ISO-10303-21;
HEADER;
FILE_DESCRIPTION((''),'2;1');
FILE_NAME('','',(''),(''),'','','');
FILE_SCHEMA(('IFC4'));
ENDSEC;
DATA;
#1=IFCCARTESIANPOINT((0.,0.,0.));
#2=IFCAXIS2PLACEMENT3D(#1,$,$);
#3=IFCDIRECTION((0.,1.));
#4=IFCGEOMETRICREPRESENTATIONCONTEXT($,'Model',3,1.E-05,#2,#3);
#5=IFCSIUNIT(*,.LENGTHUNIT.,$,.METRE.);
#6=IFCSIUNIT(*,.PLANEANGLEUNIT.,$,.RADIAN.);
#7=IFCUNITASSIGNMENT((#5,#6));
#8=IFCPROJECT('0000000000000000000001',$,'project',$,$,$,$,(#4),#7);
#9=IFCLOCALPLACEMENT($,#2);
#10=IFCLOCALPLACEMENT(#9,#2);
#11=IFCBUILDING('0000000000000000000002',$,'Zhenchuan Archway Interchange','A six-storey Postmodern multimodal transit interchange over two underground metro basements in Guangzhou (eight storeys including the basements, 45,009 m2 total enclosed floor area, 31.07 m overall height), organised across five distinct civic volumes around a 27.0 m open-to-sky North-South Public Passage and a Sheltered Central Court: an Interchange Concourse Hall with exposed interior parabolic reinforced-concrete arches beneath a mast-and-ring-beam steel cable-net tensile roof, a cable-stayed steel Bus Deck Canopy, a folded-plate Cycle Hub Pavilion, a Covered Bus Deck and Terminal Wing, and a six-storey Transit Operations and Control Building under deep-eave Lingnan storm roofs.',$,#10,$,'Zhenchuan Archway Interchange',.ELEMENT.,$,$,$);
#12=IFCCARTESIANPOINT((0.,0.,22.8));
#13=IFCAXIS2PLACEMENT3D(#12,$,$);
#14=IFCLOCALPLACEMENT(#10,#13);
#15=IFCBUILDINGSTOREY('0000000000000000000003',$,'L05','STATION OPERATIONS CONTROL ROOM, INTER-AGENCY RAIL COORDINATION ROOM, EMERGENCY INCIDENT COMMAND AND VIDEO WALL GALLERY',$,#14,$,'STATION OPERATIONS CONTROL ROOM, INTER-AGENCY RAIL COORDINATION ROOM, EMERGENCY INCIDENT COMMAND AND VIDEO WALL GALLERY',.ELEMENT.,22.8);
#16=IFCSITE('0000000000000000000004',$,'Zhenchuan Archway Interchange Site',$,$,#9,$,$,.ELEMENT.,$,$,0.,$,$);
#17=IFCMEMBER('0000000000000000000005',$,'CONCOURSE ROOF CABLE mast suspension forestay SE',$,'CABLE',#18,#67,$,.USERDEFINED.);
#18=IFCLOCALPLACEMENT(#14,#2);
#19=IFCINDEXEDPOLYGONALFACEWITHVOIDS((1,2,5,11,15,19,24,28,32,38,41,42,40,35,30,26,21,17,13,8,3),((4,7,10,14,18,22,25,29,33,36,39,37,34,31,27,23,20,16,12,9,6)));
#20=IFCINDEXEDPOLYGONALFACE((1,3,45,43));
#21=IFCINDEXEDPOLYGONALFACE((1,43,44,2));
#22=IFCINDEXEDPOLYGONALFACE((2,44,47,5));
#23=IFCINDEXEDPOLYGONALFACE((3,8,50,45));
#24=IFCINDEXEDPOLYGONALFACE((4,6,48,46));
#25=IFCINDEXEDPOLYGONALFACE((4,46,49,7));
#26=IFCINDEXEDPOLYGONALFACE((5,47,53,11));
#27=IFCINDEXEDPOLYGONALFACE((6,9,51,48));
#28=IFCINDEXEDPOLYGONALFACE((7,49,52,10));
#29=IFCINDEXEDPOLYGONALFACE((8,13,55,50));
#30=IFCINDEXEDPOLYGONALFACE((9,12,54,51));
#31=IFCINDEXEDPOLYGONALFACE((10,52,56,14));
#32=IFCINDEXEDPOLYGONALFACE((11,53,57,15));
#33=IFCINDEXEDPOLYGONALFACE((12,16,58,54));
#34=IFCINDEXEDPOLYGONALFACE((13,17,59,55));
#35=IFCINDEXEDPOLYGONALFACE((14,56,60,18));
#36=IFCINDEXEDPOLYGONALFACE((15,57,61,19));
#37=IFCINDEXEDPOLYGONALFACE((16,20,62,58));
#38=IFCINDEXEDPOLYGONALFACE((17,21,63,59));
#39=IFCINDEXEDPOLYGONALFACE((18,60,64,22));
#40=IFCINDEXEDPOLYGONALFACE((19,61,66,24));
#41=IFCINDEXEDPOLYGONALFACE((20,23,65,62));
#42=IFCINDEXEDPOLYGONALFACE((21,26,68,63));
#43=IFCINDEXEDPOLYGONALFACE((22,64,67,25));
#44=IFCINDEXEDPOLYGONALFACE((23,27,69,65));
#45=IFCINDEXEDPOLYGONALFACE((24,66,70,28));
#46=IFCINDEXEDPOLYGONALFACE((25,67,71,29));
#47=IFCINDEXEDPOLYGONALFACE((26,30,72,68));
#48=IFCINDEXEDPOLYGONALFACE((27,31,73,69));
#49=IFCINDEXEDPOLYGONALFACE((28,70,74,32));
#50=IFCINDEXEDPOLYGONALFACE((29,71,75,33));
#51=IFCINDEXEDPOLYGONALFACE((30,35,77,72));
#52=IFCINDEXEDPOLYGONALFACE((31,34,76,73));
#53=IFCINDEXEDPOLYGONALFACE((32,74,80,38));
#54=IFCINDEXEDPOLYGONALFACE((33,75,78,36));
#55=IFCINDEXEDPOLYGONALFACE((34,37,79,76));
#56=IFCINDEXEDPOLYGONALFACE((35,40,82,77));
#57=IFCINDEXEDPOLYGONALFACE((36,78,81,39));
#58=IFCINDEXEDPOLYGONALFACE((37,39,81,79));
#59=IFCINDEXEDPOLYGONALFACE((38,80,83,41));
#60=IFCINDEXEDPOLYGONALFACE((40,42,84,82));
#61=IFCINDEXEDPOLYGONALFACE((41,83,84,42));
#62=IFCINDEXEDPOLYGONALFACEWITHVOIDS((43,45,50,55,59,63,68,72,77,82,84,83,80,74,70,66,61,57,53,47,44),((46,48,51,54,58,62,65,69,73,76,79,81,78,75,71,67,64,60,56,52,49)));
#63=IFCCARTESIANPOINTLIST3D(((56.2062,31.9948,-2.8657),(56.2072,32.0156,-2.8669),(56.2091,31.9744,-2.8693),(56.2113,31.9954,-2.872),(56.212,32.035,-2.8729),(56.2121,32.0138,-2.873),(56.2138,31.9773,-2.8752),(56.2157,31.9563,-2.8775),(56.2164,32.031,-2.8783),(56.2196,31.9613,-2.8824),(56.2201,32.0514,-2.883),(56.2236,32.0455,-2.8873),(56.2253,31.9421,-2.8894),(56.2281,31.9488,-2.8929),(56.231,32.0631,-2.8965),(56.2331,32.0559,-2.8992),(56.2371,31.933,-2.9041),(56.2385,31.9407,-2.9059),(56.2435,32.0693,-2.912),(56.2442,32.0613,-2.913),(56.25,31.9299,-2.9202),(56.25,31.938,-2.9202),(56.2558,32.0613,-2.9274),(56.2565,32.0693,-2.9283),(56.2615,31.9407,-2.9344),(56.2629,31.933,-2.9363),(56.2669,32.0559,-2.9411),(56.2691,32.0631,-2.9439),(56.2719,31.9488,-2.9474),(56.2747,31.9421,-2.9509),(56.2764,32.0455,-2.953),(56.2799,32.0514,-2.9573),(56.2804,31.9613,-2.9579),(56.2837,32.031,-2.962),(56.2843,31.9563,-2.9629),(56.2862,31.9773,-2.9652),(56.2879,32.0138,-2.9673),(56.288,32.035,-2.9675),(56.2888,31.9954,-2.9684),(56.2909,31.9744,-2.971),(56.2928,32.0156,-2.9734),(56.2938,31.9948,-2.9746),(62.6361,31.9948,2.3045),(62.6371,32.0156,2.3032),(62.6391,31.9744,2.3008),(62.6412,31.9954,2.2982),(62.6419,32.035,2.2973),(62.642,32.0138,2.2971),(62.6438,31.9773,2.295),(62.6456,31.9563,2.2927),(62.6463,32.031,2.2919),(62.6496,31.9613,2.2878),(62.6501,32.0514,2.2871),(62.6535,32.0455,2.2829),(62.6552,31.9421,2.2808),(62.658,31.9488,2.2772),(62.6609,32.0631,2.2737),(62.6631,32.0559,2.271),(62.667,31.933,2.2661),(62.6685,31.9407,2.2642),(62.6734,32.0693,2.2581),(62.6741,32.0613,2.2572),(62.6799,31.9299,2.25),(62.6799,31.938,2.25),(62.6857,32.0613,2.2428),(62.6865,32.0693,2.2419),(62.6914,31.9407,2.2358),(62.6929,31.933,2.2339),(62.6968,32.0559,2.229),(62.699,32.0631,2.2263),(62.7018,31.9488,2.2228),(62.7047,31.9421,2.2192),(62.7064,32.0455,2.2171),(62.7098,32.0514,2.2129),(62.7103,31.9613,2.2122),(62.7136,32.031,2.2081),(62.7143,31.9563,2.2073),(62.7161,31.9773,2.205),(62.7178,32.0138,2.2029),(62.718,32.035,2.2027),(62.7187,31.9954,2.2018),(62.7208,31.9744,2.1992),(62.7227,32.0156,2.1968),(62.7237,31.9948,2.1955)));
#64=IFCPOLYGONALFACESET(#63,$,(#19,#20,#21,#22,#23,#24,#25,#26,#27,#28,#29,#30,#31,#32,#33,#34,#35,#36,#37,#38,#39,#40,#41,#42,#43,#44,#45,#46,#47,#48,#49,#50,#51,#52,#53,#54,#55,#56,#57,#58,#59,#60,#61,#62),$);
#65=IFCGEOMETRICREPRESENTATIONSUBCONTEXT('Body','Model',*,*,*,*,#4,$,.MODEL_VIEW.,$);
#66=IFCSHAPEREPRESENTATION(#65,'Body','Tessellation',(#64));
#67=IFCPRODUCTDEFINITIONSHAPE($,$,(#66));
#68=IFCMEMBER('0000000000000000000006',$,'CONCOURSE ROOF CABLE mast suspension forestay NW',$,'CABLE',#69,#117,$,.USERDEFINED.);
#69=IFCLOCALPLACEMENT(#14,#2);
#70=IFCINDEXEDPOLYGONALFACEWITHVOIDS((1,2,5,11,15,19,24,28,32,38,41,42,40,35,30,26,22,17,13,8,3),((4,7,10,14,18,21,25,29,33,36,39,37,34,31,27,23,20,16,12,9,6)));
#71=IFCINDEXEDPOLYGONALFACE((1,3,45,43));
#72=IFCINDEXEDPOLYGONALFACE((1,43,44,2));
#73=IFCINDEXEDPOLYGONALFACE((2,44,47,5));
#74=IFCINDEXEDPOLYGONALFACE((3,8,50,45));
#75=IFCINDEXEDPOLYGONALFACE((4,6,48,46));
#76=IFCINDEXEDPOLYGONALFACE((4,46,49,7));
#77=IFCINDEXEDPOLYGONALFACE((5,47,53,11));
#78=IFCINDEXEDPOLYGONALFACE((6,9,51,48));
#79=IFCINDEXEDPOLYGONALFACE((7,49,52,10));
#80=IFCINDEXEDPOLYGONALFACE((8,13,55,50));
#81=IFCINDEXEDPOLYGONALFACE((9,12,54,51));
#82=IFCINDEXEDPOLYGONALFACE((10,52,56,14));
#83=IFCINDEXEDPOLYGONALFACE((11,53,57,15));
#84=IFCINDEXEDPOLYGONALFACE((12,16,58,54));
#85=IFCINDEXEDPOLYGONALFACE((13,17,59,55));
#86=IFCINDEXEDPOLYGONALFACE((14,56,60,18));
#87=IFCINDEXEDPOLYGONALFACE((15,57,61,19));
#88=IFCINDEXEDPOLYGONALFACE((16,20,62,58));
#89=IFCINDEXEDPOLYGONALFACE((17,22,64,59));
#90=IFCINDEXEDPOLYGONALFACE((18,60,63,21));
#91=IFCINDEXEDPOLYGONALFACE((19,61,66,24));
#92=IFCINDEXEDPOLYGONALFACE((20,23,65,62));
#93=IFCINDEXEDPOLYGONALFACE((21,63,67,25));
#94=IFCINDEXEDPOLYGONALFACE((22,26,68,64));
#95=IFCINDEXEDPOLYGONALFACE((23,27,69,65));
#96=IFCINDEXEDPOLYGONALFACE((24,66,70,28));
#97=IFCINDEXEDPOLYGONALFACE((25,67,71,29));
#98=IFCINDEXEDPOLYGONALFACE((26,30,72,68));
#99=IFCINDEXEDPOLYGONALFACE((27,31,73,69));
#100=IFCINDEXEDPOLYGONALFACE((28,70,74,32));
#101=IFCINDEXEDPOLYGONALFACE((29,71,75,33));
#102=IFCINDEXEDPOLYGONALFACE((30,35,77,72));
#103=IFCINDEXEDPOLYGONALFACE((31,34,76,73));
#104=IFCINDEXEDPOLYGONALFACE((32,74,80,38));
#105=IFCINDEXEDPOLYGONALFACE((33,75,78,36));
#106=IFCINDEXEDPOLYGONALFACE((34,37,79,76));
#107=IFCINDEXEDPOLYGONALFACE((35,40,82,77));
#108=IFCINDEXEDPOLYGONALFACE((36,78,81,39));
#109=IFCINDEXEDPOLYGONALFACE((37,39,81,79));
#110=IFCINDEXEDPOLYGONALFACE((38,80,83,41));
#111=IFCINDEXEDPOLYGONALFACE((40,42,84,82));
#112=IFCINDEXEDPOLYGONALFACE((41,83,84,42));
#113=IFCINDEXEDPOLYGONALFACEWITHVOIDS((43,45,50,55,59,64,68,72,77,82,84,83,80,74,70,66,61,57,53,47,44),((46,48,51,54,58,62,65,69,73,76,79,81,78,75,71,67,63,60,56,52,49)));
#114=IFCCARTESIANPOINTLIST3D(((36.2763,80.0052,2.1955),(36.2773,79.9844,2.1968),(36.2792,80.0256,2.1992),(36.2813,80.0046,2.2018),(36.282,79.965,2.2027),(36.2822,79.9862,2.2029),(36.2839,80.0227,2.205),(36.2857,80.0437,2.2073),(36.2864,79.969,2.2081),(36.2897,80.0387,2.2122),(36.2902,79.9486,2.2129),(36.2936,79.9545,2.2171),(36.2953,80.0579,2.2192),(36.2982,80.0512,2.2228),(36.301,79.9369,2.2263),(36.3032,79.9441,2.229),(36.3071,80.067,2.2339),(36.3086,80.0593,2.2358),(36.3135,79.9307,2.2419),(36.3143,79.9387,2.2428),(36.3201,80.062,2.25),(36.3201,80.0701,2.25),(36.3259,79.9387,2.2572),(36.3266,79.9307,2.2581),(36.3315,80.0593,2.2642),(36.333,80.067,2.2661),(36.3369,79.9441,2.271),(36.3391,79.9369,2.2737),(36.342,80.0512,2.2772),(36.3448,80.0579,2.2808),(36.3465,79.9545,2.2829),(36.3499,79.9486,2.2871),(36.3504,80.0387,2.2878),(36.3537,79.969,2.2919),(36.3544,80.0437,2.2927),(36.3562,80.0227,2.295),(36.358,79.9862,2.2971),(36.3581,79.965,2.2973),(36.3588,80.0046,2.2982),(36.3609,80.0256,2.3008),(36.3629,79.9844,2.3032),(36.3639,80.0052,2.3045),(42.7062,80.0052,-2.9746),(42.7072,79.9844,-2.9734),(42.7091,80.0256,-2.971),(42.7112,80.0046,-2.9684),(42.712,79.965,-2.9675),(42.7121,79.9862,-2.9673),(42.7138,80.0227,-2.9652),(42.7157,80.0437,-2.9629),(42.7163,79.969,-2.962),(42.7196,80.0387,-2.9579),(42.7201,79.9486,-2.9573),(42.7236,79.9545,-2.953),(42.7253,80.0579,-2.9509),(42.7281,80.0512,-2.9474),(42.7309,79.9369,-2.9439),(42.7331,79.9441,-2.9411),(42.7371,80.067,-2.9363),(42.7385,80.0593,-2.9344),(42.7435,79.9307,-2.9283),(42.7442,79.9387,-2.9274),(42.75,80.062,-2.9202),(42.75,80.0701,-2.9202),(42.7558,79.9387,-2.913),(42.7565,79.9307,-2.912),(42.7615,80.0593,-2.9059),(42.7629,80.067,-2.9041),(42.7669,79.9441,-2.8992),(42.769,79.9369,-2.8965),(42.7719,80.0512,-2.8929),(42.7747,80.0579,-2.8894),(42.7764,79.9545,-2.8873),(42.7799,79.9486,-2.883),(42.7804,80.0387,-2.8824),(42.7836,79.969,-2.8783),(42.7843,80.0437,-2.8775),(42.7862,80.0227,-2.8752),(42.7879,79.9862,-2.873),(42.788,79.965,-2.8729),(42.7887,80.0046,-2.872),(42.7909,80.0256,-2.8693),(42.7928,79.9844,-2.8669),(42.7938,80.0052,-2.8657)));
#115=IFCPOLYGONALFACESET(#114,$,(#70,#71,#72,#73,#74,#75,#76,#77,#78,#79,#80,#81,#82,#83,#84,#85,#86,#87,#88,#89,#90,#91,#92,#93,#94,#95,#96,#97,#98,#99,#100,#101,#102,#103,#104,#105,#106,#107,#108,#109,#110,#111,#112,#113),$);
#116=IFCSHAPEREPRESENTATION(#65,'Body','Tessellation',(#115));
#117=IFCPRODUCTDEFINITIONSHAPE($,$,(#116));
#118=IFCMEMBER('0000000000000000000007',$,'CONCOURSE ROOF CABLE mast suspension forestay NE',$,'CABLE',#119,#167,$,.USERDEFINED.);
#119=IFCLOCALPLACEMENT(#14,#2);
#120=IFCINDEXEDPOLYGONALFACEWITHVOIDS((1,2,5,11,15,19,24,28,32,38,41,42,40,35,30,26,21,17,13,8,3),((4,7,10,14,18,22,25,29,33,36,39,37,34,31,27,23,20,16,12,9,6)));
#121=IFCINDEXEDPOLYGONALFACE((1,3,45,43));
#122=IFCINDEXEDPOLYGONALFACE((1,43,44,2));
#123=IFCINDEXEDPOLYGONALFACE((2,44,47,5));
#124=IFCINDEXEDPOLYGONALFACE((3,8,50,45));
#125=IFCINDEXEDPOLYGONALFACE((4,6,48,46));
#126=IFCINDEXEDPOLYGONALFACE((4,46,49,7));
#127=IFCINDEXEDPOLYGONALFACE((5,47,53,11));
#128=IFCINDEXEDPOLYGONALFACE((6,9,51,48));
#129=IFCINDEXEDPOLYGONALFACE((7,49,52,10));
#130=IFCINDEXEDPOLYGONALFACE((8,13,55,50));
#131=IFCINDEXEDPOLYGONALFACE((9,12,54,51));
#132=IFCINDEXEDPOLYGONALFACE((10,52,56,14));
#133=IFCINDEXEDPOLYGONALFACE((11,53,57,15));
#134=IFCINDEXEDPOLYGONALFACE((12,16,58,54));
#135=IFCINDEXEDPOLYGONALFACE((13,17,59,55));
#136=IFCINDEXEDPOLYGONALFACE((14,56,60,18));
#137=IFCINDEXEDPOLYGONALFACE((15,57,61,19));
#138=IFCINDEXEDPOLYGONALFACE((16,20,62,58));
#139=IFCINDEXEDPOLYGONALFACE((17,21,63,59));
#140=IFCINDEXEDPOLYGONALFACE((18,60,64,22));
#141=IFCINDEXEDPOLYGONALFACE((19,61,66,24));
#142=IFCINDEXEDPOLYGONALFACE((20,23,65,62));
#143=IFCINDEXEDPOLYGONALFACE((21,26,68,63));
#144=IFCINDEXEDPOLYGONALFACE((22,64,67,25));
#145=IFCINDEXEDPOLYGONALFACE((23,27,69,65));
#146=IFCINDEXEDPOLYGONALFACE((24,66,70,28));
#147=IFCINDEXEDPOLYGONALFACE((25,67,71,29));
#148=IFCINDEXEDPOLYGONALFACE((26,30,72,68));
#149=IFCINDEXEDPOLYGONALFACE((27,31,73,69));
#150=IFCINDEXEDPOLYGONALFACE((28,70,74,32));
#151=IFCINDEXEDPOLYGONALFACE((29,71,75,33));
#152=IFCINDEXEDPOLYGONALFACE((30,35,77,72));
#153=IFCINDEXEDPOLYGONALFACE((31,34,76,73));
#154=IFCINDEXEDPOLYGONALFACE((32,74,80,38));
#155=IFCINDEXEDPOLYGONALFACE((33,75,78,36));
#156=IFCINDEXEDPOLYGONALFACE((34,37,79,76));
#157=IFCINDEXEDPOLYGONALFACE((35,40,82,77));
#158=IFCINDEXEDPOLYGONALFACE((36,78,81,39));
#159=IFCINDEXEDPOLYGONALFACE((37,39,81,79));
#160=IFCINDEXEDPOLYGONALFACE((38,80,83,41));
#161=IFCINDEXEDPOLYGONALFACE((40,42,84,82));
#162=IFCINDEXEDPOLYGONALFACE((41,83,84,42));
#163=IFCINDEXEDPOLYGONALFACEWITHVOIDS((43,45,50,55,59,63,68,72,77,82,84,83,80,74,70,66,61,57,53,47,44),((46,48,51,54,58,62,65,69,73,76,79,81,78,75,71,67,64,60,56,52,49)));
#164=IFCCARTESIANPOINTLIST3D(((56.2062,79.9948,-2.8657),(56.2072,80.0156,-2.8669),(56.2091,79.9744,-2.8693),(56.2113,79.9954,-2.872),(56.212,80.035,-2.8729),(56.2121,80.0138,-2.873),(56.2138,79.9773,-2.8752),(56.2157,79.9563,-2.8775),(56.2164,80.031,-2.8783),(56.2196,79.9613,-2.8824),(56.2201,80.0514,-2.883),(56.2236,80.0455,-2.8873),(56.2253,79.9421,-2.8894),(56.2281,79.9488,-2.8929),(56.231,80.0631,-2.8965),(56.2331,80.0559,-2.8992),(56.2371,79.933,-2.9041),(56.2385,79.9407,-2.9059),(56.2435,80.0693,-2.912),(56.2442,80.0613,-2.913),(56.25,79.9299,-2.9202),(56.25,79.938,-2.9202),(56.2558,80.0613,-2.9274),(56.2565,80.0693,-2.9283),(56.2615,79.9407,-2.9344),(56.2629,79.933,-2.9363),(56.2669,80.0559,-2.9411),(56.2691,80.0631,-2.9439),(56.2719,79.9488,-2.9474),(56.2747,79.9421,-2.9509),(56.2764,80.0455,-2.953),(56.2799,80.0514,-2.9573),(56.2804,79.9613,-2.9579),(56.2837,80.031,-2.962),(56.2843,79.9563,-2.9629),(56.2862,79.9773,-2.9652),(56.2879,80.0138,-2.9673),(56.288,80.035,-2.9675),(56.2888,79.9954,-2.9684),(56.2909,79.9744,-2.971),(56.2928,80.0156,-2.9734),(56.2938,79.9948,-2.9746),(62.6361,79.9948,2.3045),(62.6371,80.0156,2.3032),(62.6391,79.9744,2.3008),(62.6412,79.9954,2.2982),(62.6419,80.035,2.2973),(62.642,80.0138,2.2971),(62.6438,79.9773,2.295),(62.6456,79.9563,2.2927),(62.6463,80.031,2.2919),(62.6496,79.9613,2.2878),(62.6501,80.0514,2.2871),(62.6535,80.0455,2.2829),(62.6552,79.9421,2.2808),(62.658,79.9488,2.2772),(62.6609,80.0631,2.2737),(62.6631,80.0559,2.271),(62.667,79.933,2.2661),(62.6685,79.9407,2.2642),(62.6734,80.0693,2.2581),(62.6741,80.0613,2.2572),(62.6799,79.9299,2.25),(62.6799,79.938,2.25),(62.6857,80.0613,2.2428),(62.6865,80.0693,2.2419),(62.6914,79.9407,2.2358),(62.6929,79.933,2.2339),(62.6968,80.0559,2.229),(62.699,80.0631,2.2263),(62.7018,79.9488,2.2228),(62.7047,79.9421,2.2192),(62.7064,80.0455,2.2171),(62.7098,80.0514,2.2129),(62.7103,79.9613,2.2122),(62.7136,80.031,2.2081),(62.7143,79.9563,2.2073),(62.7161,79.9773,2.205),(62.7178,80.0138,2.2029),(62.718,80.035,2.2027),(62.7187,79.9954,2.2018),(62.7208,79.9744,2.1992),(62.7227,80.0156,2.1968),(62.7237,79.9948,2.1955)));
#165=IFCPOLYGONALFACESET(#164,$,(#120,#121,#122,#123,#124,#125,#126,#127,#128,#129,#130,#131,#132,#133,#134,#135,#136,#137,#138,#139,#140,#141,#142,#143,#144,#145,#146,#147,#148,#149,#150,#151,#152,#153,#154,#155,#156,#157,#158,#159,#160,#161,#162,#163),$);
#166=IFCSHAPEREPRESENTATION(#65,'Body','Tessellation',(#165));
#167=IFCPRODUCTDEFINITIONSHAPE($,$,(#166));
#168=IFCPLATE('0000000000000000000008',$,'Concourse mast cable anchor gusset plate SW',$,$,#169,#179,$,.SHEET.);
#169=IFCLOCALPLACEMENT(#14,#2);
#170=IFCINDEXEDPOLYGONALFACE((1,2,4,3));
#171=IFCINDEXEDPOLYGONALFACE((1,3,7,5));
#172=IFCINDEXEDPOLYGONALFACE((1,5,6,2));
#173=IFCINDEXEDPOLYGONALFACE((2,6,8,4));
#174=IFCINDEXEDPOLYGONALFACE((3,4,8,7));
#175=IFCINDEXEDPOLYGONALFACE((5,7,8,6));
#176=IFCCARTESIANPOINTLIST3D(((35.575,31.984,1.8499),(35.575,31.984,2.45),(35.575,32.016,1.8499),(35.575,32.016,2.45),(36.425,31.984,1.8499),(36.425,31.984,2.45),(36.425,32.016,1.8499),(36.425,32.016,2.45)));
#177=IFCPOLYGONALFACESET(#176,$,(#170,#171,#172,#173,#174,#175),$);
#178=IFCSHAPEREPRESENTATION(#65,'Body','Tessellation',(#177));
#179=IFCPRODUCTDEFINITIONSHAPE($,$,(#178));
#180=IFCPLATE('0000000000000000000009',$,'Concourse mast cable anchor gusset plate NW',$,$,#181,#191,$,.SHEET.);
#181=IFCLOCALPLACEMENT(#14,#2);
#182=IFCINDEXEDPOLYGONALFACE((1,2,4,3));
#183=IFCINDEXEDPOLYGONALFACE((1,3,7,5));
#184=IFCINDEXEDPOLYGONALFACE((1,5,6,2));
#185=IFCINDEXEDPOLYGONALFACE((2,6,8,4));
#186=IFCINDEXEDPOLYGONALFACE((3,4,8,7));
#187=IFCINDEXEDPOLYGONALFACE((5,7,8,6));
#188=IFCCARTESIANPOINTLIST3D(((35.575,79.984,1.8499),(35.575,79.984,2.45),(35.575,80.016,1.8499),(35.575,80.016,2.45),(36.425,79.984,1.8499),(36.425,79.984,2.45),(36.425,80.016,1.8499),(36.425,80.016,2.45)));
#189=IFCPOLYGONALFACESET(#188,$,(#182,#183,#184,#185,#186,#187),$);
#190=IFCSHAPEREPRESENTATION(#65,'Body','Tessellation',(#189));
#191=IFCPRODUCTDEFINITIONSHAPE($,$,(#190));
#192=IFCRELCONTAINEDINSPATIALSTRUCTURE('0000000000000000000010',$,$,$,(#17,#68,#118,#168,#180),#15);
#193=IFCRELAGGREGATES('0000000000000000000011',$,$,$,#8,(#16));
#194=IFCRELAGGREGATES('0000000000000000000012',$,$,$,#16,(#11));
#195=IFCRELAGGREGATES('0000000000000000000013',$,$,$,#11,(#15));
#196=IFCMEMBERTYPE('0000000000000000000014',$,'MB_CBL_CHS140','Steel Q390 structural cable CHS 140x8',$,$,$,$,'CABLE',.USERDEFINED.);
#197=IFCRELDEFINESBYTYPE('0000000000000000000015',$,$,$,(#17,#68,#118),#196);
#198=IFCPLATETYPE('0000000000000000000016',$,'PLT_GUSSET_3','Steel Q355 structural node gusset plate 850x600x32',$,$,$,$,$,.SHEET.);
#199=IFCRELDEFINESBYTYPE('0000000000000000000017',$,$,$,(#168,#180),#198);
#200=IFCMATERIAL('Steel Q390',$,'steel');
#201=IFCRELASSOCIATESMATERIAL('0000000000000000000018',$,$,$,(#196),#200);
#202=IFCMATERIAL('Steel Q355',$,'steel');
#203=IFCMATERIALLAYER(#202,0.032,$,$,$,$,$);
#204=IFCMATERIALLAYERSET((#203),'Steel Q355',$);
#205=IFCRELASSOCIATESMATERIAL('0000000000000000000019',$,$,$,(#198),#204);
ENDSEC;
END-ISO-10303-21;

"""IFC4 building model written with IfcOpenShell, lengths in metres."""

from ifc_helpers import new_model, si_unit, direction, frame, origin, origin_2d, place, context, subcontext, project, spatial, rectangle, hollow_circle, extrude, material, layer, layer_set, material_profile, profile_set, type_object, element, save


model = new_model("IFC4")

# Units and contexts
model_context = context("Model", 3, precision=1e-05, world=origin(), true_north=direction((0.0, 1.0)))
body_context = subcontext(model_context, "Body", "Model", "MODEL_VIEW")
ifc_project = project(units=[si_unit("LENGTHUNIT", "METRE"), si_unit("PLANEANGLEUNIT", "RADIAN")], contexts=[model_context])

# Site, building, storey
site_placement = place(None, origin())
site = spatial("IfcSite", under=ifc_project, at=site_placement, Name="Zhenchuan Archway Interchange Site", CompositionType="ELEMENT", RefElevation=0.0)
building_placement = place(site_placement, origin())
building = spatial("IfcBuilding", under=site, at=building_placement, Name="Zhenchuan Archway Interchange", Description="A six-storey Postmodern multimodal transit interchange over two underground metro basements in Guangzhou (eight storeys including the basements, 45,009 m2 total enclosed floor area, 31.07 m overall height), organised across five distinct civic volumes around a 27.0 m open-to-sky North-South Public Passage and a Sheltered Central Court: an Interchange Concourse Hall with exposed interior parabolic reinforced-concrete arches beneath a mast-and-ring-beam steel cable-net tensile roof, a cable-stayed steel Bus Deck Canopy, a folded-plate Cycle Hub Pavilion, a Covered Bus Deck and Terminal Wing, and a six-storey Transit Operations and Control Building under deep-eave Lingnan storm roofs.", LongName="Zhenchuan Archway Interchange", CompositionType="ELEMENT")
storey_placement = place(building_placement, frame((0.0, 0.0, 22.8)))
storey = spatial("IfcBuildingStorey", under=building, at=storey_placement, Name="L05", Description="STATION OPERATIONS CONTROL ROOM, INTER-AGENCY RAIL COORDINATION ROOM, EMERGENCY INCIDENT COMMAND AND VIDEO WALL GALLERY", LongName="STATION OPERATIONS CONTROL ROOM, INTER-AGENCY RAIL COORDINATION ROOM, EMERGENCY INCIDENT COMMAND AND VIDEO WALL GALLERY", CompositionType="ELEMENT", Elevation=22.8)

# Shared definitions
ifc_material_1 = material(Name="Steel Q390", Category="steel")

# Members
ifc_material_profile_1 = material_profile(ifc_material_1, hollow_circle(Radius=0.0701, WallThickness=0.0081, at=origin_2d()), Name="CHS 140x8")
ifc_profile_set_1 = profile_set([ifc_material_profile_1], Name="Steel Q390")
member_type_1 = type_object("IfcMemberType", Name="MB_CBL_CHS140", Description="Steel Q390 structural cable CHS 140x8", ElementType="CABLE", PredefinedType="USERDEFINED", material=ifc_profile_set_1)
for number, where, z_axis, x_axis, name in (
    (1, (62.6799, 32.0, 2.25), (-0.779316, 0.0, -0.626631), (0.0, -1.0, 0.0), "CONCOURSE ROOF CABLE mast suspension forestay SE"),
    (2, (36.3201, 80.0, 2.25), (0.779316, 0.0, -0.626631), (0.0, 1.0, 0.0), "CONCOURSE ROOF CABLE mast suspension forestay NW"),
    (3, (62.6799, 80.0, 2.25), (-0.779316, 0.0, -0.626631), (0.0, -1.0, 0.0), "CONCOURSE ROOF CABLE mast suspension forestay NE"),
):
    element("IfcMember", number, at=place(storey_placement, frame(where, z_axis=z_axis, x_axis=x_axis)), inside=storey, type_object=member_type_1, Name=name, ObjectType="CABLE", PredefinedType="USERDEFINED", context=body_context, shape_type="SweptSolid", body=[
        extrude(hollow_circle(Radius=0.0701, WallThickness=0.0081, at=origin_2d()), origin(), (0.0, 0.0, 1.0), 8.2507),
    ])

# Plates
ifc_material_2 = material(Name="Steel Q355", Category="steel")
ifc_layer_1 = layer(ifc_material_2, 0.032)
ifc_layer_set_1 = layer_set([ifc_layer_1], Name="Steel Q355")
plate_type = type_object("IfcPlateType", Name="PLT_GUSSET_3", Description="Steel Q355 structural node gusset plate 850x600x32", PredefinedType="SHEET", material=ifc_layer_set_1)
for number, where, z_axis, x_axis, name in (
    (4, (36.0, 32.0, 1.8499), (0.0, 0.0, 1.0), (1.0, 0.0, 0.0), "Concourse mast cable anchor gusset plate SW"),
    (5, (36.0, 80.0, 1.8499), (0.0, 0.0, 1.0), (1.0, 0.0, 0.0), "Concourse mast cable anchor gusset plate NW"),
):
    element("IfcPlate", number, at=place(storey_placement, frame(where, z_axis=z_axis, x_axis=x_axis)), inside=storey, type_object=plate_type, Name=name, PredefinedType="SHEET", context=body_context, shape_type="SweptSolid", body=[
        extrude(rectangle(XDim=0.8501, YDim=0.032, at=origin_2d()), origin(), (0.0, 0.0, 1.0), 0.6001),
    ])

save(model, "model.ifc")
